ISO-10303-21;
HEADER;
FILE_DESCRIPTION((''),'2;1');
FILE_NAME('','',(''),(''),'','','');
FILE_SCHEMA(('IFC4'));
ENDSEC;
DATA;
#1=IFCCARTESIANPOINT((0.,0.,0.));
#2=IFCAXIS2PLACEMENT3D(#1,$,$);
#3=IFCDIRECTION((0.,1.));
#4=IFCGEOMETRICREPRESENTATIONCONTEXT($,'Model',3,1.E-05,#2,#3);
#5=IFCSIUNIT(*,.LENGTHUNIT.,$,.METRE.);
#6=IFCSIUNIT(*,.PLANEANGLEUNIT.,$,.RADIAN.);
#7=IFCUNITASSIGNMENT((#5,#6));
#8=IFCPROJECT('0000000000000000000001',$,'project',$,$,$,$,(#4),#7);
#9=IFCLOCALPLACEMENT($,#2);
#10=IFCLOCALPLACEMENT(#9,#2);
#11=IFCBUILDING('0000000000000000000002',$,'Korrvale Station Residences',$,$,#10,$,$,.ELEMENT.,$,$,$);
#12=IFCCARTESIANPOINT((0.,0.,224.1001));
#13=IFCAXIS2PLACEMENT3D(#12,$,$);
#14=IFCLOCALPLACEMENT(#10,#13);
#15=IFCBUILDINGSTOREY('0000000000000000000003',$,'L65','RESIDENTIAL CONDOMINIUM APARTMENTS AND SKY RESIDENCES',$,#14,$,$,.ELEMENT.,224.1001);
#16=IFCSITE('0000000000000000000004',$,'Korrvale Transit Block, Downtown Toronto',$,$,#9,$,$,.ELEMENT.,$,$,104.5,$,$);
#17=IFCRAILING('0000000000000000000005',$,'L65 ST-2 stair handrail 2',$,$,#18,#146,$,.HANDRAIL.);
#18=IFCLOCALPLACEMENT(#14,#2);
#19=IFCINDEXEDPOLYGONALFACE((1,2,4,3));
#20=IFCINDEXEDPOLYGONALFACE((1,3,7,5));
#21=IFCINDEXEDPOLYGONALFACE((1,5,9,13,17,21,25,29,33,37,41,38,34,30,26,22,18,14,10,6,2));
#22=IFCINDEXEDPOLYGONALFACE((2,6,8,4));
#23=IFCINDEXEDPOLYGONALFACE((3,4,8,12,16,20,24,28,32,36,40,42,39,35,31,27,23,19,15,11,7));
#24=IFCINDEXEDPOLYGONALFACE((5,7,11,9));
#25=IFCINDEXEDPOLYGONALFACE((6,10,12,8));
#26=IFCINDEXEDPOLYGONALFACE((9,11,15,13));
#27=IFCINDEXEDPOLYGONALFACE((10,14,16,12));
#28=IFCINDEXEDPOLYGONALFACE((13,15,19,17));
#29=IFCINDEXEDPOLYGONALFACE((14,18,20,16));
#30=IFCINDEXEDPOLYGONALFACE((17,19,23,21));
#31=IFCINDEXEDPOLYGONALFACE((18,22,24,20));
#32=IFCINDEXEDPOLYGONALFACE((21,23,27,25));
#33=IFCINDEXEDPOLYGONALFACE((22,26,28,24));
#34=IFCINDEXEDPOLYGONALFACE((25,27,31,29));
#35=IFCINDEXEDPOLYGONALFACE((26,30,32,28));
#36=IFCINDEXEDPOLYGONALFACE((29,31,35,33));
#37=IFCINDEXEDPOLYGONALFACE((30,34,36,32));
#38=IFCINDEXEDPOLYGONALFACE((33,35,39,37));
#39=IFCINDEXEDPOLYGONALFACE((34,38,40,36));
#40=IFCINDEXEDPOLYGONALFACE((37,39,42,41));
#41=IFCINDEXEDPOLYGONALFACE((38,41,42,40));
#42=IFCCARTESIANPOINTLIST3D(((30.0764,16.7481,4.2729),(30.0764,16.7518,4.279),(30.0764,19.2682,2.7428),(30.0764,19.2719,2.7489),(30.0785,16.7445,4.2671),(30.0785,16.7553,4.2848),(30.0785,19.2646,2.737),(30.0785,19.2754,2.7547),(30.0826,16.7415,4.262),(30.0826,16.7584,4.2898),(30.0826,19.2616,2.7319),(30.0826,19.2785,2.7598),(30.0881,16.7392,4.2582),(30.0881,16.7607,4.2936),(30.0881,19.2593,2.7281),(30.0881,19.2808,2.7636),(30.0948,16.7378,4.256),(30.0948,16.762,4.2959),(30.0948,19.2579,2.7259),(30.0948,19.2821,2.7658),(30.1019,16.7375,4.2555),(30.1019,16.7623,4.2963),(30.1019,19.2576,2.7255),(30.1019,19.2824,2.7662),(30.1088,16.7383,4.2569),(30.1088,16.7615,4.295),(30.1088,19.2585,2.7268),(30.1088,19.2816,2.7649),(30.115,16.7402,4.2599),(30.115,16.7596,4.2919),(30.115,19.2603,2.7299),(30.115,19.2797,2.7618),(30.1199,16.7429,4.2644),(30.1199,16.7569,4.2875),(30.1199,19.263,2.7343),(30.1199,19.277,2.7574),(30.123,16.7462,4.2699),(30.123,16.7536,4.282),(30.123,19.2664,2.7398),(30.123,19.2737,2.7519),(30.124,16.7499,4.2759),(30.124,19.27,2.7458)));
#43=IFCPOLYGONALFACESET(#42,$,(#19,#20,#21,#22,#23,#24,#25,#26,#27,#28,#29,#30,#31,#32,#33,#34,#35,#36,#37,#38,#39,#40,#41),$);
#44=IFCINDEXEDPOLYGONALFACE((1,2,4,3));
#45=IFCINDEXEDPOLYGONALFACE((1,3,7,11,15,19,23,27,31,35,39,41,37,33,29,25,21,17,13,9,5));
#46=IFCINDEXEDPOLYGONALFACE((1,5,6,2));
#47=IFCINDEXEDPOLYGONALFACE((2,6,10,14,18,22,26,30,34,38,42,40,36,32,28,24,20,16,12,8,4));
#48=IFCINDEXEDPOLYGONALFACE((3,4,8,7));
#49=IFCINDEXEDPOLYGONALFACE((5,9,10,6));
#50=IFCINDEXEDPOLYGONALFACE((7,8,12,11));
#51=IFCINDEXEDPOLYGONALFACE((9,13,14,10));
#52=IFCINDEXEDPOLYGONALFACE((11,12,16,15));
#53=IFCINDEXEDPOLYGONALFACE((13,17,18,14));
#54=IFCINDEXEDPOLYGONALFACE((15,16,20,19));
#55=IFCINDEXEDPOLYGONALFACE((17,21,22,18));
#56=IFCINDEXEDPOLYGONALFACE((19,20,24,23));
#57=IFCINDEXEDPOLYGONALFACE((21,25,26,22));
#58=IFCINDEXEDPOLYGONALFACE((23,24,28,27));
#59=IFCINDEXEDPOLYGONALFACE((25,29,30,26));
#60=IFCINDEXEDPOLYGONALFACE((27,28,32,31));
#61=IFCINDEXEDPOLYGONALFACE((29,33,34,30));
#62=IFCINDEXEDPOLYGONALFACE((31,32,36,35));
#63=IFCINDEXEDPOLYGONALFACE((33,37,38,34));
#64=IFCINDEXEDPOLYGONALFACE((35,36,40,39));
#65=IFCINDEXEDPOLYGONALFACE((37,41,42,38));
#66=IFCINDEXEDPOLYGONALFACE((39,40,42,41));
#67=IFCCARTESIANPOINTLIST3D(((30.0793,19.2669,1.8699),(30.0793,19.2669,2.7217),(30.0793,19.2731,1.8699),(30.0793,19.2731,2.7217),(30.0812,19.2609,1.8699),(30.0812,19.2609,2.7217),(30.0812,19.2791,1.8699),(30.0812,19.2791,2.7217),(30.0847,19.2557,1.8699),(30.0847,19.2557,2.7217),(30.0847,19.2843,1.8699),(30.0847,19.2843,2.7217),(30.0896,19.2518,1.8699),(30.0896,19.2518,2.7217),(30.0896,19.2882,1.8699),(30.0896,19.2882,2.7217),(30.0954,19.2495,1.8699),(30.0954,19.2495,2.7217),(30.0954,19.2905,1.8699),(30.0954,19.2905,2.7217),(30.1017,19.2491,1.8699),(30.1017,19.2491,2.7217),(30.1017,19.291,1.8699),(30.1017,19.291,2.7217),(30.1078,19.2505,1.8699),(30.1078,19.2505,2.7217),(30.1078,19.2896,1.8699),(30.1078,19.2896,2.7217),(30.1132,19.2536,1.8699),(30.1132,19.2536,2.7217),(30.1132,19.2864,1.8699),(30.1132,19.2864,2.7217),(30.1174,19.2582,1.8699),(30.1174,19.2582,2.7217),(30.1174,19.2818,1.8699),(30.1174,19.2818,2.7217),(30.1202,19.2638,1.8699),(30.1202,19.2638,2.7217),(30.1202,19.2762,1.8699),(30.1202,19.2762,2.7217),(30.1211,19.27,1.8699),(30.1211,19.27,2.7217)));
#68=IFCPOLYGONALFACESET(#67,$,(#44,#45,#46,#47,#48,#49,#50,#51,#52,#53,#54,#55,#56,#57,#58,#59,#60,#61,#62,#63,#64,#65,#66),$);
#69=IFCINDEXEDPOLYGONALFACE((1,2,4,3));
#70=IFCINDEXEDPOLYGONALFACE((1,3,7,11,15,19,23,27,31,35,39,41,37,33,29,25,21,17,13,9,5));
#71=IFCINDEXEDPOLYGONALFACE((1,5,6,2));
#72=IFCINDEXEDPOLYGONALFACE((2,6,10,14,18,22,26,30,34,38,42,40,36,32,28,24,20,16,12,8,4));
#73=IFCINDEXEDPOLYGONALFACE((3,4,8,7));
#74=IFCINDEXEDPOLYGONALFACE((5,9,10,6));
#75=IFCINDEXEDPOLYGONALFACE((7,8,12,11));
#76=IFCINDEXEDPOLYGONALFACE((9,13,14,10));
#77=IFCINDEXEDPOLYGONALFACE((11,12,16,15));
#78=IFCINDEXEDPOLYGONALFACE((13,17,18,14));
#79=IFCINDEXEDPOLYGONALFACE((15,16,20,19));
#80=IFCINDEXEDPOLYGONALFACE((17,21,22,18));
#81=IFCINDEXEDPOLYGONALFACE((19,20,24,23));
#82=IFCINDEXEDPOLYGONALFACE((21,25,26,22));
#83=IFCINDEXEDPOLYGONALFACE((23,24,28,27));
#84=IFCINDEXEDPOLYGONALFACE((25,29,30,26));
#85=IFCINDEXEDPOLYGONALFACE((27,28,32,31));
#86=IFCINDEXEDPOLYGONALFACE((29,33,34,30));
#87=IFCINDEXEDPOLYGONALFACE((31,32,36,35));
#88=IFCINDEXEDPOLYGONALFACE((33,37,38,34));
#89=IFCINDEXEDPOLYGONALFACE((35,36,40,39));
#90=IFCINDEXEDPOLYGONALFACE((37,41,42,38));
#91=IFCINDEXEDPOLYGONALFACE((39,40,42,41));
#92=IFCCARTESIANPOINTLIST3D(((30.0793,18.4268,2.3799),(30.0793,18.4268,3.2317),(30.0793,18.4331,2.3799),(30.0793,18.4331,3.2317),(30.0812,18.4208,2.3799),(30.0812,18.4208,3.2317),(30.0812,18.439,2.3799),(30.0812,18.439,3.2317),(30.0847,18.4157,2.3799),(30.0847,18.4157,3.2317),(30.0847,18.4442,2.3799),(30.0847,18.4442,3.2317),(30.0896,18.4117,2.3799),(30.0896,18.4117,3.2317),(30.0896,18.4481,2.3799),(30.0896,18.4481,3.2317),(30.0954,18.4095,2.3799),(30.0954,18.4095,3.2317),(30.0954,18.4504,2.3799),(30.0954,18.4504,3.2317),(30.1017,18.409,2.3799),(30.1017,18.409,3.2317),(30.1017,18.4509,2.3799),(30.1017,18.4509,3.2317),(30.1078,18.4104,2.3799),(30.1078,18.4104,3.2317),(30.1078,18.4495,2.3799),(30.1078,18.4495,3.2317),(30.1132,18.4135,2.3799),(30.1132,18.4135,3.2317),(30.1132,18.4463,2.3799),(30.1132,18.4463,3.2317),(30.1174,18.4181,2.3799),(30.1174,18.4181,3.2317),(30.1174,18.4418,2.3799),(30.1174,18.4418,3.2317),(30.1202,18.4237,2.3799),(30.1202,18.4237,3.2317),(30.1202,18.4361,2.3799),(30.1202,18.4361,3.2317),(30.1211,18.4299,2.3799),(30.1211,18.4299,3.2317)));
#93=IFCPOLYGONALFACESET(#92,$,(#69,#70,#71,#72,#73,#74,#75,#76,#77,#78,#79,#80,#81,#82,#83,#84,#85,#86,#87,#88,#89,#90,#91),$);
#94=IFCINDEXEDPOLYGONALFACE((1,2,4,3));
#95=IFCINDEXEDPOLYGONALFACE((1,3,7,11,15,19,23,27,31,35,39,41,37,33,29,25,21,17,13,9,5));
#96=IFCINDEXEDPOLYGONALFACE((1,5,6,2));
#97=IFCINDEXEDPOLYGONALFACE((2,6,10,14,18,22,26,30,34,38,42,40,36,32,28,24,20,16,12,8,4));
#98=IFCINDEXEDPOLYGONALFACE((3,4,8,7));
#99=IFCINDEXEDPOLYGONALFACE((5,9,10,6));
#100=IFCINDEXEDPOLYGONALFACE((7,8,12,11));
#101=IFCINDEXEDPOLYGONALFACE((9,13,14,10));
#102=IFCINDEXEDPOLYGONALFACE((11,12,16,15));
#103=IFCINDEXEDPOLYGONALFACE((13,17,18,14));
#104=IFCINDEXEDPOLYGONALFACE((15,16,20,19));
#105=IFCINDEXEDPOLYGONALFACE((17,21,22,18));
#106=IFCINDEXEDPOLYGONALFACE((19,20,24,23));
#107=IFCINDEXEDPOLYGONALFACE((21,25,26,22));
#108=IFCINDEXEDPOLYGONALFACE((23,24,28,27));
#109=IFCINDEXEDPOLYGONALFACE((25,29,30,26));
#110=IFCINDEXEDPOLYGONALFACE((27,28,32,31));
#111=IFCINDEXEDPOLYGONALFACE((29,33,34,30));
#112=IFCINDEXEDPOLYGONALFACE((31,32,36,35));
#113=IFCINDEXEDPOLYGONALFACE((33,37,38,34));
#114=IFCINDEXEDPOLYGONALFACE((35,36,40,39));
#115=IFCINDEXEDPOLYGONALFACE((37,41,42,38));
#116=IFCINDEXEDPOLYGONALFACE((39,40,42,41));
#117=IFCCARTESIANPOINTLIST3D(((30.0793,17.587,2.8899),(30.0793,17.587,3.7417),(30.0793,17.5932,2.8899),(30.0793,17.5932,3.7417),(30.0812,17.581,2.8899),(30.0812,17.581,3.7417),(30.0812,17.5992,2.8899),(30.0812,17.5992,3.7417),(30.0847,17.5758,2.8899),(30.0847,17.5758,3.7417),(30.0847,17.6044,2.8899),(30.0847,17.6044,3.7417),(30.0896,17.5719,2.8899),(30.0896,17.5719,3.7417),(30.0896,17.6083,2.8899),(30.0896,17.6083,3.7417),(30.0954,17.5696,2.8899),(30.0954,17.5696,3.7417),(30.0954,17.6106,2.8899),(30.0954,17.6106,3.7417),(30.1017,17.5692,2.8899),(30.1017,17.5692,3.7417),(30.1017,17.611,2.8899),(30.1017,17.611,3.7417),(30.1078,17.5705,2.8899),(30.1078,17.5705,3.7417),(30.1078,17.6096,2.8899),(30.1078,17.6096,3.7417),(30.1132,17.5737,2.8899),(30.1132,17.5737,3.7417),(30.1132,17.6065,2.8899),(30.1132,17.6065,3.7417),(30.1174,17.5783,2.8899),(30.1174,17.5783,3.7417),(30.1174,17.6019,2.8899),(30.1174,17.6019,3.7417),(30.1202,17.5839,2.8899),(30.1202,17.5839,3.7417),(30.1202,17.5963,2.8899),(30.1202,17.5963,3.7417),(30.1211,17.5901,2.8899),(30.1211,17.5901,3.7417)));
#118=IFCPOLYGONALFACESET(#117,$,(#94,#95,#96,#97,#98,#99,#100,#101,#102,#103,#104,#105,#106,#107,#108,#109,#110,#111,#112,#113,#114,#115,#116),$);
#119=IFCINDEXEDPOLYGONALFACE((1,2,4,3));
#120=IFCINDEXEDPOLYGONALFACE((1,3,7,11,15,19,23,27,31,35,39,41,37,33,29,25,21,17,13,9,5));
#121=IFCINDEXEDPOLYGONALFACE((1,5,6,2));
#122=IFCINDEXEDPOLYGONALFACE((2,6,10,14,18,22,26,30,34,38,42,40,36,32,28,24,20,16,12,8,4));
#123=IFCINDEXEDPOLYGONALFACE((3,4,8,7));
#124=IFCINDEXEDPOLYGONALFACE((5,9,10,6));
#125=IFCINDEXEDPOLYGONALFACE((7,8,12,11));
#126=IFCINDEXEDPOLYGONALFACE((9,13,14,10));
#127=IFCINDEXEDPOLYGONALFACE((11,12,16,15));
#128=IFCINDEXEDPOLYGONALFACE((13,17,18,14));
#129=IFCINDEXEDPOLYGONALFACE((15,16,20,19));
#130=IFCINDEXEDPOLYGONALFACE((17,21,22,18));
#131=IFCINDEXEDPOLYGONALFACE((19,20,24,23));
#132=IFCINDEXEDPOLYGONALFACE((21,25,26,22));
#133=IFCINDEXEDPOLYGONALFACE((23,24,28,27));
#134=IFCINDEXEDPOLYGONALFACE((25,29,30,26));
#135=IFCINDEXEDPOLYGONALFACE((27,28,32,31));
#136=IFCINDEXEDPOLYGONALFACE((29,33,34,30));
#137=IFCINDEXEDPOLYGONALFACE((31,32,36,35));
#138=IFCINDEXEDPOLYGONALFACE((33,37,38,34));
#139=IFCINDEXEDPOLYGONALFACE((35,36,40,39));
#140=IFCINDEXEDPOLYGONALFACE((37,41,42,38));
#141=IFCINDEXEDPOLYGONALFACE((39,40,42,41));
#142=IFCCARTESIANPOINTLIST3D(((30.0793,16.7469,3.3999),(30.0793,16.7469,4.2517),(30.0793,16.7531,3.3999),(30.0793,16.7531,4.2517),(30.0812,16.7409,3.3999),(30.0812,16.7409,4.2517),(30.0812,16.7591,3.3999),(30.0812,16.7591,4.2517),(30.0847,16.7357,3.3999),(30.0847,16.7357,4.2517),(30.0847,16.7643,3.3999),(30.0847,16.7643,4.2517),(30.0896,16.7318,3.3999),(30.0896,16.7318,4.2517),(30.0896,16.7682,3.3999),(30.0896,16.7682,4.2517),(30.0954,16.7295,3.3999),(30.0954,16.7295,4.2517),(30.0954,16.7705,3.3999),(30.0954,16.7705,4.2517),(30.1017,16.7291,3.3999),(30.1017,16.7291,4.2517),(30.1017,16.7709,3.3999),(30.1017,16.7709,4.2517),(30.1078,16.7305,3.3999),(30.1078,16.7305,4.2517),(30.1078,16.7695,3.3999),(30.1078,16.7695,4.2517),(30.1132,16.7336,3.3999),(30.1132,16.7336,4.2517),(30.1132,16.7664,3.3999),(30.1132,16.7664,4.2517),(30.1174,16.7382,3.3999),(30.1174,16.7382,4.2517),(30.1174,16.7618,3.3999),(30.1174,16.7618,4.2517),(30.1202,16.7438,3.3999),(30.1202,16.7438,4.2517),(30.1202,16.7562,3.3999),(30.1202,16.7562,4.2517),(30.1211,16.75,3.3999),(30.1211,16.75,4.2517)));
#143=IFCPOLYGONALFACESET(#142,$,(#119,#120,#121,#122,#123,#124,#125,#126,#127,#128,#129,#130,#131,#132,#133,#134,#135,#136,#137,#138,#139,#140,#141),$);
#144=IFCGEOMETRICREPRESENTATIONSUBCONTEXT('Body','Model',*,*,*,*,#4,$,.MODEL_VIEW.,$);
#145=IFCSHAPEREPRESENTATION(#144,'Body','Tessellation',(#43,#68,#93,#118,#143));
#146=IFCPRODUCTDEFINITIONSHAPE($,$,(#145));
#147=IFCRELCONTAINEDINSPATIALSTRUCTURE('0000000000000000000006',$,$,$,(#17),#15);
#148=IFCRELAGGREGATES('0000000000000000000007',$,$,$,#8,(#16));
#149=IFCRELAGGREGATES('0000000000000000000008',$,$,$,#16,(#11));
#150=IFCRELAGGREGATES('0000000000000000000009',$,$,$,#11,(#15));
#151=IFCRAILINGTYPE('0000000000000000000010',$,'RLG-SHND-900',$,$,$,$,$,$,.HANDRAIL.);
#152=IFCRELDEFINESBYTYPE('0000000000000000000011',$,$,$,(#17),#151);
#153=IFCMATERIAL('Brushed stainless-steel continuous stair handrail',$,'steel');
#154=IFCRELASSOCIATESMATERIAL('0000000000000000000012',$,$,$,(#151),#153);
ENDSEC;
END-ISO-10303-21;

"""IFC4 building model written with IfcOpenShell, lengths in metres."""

from ifc_helpers import new_model, si_unit, direction, frame, origin, origin_2d, place, context, subcontext, project, spatial, circle, extrude, material, type_object, element, save


model = new_model("IFC4")

# Units and contexts
model_context = context("Model", 3, precision=1e-05, world=origin(), true_north=direction((0.0, 1.0)))
body_context = subcontext(model_context, "Body", "Model", "MODEL_VIEW")
ifc_project = project(units=[si_unit("LENGTHUNIT", "METRE"), si_unit("PLANEANGLEUNIT", "RADIAN")], contexts=[model_context])

# Site, building, storey
site_placement = place(None, origin())
site = spatial("IfcSite", under=ifc_project, at=site_placement, Name="Korrvale Transit Block, Downtown Toronto", CompositionType="ELEMENT", RefElevation=104.5)
building_placement = place(site_placement, origin())
building = spatial("IfcBuilding", under=site, at=building_placement, Name="Korrvale Station Residences", CompositionType="ELEMENT")
storey_placement = place(building_placement, frame((0.0, 0.0, 224.1001)))
storey = spatial("IfcBuildingStorey", under=building, at=storey_placement, Name="L65", Description="RESIDENTIAL CONDOMINIUM APARTMENTS AND SKY RESIDENCES", CompositionType="ELEMENT", Elevation=224.1001)

# Railing
ifc_material_1 = material(Name="Brushed stainless-steel continuous stair handrail", Category="steel")
railing_type_1 = type_object("IfcRailingType", Name="RLG-SHND-900", PredefinedType="HANDRAIL", material=ifc_material_1)
railing_1_placement = place(storey_placement, frame((30.1001, 19.27, 1.8699)))
element("IfcRailing", 1, at=railing_1_placement, inside=storey, type_object=railing_type_1, Name="L65 ST-2 stair handrail 2", PredefinedType="HANDRAIL", context=body_context, shape_type="SweptSolid", body=[
    extrude(circle(Radius=0.0239, at=origin_2d()), frame((0.0, 0.0, 0.876), z_axis=(0.0, -0.854785, 0.518982), x_axis=(1.0, 0.0, 0.0)), (0.0, 0.0, 1.0), 2.9482),
    extrude(circle(Radius=0.021, at=origin_2d()), origin(), (0.0, 0.0, 1.0), 0.8518),
    extrude(circle(Radius=0.021, at=origin_2d()), frame((0.0, -0.8401, 0.51)), (0.0, 0.0, 1.0), 0.8518),
    extrude(circle(Radius=0.021, at=origin_2d()), frame((0.0, -1.6799, 1.02)), (0.0, 0.0, 1.0), 0.8518),
    extrude(circle(Radius=0.021, at=origin_2d()), frame((0.0, -2.52, 1.53)), (0.0, 0.0, 1.0), 0.8518),
])

save(model, "model.ifc")
